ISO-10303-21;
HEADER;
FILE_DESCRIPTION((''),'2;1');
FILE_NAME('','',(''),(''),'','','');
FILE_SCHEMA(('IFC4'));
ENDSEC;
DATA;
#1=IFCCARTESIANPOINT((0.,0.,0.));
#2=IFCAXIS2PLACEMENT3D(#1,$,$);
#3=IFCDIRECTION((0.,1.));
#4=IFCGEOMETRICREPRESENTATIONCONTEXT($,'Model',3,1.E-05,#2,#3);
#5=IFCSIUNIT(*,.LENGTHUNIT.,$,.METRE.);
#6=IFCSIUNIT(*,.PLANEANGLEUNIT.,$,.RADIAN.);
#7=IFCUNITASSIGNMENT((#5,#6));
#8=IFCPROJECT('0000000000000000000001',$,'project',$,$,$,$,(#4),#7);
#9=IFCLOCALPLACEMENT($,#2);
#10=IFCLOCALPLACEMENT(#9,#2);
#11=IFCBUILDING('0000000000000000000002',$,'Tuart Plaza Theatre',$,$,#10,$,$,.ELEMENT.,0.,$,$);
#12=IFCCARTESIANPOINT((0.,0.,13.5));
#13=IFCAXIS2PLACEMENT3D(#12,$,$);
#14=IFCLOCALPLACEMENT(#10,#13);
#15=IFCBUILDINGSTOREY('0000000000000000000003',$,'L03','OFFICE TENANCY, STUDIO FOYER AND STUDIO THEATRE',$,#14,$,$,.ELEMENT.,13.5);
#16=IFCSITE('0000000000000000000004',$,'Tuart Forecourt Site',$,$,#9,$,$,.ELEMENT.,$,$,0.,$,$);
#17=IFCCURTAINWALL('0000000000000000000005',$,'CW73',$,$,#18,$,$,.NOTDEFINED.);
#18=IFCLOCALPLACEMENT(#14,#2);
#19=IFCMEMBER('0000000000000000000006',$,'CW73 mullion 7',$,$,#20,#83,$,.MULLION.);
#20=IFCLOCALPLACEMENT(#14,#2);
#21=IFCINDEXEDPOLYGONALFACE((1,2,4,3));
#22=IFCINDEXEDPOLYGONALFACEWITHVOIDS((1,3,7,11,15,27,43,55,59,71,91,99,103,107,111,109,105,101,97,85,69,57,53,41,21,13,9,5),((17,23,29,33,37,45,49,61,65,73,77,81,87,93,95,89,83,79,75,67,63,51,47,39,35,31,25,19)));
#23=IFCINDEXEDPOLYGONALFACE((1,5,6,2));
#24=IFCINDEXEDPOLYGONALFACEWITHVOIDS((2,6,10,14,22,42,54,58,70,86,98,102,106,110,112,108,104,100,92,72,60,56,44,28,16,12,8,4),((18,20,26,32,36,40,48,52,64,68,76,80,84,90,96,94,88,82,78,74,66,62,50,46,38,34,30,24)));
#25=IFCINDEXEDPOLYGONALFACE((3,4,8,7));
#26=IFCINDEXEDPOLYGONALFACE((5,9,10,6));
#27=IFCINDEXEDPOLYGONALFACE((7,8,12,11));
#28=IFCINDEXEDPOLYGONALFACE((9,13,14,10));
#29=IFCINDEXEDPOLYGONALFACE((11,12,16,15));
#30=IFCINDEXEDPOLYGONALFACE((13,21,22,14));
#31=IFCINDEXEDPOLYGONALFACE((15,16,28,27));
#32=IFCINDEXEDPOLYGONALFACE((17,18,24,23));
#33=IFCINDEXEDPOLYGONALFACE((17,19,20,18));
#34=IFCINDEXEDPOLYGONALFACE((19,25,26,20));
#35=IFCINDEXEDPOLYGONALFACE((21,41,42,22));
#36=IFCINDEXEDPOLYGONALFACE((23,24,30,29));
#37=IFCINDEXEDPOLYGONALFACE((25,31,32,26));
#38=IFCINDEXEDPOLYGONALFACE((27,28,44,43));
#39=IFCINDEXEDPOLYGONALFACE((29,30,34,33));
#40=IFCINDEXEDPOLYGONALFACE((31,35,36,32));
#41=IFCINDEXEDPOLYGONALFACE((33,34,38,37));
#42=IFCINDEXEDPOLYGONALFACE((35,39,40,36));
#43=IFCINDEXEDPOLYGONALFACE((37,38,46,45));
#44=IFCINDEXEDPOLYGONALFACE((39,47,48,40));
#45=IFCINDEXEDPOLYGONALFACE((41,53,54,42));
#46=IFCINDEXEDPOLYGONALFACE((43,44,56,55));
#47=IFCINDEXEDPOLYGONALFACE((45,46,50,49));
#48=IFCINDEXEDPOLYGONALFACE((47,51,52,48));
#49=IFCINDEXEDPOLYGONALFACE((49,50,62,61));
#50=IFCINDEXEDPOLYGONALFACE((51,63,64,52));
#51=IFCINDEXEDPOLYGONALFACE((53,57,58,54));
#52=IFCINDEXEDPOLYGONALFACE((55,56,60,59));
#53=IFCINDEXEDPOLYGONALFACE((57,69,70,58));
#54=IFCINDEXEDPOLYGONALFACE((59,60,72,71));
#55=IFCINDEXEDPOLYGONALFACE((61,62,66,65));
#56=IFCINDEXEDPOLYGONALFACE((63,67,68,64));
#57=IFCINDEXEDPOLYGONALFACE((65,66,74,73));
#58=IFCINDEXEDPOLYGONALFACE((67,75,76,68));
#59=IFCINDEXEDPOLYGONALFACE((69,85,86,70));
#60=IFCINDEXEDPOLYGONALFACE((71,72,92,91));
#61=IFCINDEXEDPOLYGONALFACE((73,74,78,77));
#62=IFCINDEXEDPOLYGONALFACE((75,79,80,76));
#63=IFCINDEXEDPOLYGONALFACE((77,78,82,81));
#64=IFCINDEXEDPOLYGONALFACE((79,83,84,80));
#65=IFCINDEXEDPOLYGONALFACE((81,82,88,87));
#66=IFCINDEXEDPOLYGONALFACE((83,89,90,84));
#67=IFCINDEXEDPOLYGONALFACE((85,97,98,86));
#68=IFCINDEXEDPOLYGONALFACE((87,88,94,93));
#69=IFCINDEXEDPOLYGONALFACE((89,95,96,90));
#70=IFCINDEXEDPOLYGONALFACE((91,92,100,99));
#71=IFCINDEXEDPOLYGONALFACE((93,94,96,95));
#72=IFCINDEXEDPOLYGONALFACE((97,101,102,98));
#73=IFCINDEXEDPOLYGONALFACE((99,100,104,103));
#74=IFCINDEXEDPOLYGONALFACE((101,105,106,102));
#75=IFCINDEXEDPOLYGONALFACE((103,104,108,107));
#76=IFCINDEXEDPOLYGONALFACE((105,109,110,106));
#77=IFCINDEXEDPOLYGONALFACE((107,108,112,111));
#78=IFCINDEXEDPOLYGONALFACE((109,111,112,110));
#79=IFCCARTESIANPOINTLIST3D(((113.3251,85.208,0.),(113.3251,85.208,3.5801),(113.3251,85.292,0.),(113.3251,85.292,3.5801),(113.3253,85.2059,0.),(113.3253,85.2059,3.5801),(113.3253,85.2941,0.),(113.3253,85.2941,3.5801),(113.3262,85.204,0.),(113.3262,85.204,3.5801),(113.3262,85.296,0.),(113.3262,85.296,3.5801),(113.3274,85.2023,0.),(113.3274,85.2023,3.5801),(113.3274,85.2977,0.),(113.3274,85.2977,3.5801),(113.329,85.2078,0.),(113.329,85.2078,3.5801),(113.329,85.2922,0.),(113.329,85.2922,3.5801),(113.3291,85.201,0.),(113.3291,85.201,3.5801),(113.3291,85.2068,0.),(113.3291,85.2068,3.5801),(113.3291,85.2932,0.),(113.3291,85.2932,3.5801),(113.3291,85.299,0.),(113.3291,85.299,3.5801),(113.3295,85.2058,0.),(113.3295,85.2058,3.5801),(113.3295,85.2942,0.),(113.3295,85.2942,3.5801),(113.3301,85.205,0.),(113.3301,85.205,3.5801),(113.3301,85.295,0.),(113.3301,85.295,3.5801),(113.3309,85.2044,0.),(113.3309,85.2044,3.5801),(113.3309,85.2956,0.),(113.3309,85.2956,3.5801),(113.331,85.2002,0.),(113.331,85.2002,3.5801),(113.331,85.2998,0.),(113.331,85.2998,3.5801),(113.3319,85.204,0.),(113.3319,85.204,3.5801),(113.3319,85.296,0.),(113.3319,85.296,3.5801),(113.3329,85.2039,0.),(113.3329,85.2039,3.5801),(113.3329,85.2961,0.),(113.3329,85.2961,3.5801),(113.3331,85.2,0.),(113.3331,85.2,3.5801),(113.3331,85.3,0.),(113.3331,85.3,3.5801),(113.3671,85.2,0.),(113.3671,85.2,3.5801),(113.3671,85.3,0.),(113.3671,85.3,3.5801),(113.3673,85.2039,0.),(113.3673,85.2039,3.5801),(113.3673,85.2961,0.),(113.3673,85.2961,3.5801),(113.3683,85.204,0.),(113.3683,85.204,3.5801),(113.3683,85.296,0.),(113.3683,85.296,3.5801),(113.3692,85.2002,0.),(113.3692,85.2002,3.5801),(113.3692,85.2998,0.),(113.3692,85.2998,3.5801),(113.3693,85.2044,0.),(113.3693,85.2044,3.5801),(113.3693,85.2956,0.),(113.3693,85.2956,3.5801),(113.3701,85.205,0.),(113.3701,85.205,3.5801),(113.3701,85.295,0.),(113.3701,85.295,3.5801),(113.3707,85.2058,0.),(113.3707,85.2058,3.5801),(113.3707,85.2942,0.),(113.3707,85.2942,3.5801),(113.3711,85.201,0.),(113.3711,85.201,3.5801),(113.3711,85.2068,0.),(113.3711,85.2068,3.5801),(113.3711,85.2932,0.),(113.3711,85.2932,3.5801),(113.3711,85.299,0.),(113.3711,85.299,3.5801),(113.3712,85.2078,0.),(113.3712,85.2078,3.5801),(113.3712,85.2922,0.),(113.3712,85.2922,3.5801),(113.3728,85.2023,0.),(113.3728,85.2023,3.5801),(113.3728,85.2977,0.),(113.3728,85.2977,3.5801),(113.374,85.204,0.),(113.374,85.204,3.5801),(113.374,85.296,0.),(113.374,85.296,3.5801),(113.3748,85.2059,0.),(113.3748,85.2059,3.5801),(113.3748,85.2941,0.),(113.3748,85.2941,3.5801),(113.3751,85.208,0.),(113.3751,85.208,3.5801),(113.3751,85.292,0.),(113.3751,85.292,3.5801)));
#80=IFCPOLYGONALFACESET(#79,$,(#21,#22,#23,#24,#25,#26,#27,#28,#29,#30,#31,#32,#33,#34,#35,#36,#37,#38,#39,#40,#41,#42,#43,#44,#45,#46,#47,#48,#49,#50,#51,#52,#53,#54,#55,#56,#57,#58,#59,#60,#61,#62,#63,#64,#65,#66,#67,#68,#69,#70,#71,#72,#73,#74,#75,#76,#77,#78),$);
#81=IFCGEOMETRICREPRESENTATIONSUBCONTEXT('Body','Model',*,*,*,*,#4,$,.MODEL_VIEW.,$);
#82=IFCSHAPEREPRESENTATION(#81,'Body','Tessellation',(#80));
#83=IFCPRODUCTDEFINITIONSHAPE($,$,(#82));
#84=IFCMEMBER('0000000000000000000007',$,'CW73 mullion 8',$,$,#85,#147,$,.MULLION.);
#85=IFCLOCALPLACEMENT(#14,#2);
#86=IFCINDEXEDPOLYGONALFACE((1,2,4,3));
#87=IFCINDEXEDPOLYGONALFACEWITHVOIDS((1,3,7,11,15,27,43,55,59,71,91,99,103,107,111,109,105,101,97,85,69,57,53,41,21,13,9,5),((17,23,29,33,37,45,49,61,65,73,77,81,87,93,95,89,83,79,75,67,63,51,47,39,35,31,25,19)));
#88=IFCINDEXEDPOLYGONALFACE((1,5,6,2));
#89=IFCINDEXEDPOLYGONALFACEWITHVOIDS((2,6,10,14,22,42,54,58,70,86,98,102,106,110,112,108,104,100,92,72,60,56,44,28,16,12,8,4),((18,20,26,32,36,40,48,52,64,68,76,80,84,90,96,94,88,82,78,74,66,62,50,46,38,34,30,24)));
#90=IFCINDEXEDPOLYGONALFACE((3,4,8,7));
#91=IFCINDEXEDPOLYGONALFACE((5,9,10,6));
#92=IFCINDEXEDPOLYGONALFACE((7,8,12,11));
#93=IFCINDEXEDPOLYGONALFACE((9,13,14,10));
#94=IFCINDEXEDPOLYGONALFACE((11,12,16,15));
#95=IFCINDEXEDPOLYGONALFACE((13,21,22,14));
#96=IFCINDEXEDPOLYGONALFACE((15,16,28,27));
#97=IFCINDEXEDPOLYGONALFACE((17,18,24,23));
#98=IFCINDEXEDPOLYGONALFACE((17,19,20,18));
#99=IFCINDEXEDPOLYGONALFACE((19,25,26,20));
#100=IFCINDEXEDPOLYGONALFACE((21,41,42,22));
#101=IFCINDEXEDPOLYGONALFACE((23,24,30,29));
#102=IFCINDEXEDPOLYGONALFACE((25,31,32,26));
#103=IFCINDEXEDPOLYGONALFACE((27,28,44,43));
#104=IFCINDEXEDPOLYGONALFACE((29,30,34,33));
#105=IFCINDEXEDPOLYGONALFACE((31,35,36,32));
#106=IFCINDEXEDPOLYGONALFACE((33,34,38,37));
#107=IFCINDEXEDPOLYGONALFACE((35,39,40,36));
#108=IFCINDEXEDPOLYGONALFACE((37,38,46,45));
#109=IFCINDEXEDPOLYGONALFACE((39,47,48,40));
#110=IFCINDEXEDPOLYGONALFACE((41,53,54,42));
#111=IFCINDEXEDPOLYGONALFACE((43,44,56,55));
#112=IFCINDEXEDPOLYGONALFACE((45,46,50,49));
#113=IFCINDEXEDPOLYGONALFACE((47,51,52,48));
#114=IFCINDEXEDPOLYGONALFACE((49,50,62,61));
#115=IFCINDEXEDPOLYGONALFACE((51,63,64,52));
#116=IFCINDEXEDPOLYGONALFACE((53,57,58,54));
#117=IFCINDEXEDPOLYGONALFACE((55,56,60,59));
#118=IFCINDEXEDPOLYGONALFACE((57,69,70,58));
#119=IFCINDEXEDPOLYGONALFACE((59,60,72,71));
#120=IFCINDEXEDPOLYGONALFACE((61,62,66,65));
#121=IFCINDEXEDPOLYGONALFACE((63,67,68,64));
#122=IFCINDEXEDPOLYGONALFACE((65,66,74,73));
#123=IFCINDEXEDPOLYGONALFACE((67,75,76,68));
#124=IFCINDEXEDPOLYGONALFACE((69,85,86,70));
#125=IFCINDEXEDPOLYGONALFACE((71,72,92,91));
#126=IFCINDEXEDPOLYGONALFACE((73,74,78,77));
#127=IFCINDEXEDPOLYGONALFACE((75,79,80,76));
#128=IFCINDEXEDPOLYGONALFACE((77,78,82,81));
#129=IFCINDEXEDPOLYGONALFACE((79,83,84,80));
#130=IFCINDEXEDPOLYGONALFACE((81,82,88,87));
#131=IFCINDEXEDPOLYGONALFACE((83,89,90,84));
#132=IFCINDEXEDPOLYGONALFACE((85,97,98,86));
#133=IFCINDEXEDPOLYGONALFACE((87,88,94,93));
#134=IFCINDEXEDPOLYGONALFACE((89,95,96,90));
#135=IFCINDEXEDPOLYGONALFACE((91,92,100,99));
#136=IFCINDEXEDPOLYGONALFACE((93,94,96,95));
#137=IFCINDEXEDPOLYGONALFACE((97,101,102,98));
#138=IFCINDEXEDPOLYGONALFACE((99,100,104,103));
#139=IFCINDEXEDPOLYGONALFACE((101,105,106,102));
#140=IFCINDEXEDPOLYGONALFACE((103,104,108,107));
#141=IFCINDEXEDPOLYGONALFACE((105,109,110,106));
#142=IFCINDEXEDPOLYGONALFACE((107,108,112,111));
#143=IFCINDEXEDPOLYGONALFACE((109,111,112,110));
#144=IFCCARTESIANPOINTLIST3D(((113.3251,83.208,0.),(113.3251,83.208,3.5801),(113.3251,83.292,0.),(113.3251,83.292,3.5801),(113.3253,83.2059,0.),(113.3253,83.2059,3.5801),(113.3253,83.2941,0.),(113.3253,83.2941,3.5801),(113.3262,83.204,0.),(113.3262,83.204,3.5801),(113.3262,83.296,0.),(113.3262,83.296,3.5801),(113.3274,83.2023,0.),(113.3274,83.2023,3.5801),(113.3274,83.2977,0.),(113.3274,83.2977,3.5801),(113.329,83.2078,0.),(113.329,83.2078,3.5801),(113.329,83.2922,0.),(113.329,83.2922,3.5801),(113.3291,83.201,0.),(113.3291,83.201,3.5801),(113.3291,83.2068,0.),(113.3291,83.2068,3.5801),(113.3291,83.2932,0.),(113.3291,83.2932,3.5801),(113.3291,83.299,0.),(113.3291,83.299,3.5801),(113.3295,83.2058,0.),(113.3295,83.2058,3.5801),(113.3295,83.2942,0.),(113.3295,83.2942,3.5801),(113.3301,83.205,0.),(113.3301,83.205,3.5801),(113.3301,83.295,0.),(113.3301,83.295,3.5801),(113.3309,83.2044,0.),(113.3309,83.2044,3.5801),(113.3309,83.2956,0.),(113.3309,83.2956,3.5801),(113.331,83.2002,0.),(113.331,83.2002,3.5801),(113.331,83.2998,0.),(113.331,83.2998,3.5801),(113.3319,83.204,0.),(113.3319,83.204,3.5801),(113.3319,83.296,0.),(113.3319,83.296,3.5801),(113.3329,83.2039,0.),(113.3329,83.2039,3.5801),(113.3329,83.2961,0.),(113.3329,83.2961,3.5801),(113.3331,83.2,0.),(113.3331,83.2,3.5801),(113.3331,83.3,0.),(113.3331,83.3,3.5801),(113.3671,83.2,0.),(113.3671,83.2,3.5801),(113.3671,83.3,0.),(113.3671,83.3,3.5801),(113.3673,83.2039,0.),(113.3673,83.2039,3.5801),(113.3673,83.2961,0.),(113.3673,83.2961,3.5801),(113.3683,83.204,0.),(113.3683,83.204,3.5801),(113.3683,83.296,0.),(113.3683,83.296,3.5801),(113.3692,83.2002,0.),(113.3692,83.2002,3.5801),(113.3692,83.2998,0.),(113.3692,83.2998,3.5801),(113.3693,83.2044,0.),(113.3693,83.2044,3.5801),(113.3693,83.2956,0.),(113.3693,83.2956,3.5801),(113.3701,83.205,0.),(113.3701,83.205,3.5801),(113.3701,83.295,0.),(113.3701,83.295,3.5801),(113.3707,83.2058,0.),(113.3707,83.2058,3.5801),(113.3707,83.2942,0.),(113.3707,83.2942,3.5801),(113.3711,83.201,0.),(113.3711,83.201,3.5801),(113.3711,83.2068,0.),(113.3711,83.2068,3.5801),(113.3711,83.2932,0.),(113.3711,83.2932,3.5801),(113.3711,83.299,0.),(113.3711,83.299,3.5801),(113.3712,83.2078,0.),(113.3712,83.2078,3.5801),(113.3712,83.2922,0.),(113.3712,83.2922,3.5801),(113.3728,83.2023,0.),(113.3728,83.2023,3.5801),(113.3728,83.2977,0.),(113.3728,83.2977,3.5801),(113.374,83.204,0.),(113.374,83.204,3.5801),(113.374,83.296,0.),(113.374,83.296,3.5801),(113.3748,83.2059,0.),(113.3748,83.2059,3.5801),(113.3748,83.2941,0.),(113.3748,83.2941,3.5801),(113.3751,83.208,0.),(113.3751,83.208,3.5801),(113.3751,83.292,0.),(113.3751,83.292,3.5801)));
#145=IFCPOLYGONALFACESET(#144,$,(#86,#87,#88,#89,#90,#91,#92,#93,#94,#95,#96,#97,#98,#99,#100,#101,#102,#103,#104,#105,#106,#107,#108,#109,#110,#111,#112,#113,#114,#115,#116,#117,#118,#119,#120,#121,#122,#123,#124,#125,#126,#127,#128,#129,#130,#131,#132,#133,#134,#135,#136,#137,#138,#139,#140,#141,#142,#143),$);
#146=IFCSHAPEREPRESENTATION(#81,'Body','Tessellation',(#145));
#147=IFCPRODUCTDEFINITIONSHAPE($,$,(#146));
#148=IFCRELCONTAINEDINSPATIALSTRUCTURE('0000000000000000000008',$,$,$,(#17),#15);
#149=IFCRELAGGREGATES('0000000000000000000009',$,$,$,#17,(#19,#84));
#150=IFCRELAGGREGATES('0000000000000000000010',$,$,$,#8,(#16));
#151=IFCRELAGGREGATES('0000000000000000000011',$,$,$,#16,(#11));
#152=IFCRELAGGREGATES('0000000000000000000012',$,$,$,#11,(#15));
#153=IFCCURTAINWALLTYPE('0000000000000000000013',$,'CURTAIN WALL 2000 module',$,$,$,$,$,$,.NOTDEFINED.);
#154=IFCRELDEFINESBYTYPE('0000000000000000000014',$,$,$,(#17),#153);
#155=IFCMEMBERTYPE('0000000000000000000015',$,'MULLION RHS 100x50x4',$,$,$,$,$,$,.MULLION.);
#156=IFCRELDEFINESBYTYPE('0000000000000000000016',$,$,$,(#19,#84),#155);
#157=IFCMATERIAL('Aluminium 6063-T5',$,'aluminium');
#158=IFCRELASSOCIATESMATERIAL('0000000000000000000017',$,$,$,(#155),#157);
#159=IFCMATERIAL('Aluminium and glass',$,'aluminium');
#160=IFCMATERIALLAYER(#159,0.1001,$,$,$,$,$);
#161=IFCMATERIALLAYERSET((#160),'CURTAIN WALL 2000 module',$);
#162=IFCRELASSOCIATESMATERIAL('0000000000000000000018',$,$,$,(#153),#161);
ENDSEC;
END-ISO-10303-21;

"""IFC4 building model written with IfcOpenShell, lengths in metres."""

from ifc_helpers import new_model, si_unit, direction, frame, origin, origin_2d, place, context, subcontext, project, spatial, hollow_rectangle, extrude, material, layer, layer_set, material_profile, profile_set, type_object, element, aggregate, save


model = new_model("IFC4")

# Units and contexts
model_context = context("Model", 3, precision=1e-05, world=origin(), true_north=direction((0.0, 1.0)))
body_context = subcontext(model_context, "Body", "Model", "MODEL_VIEW")
ifc_project = project(units=[si_unit("LENGTHUNIT", "METRE"), si_unit("PLANEANGLEUNIT", "RADIAN")], contexts=[model_context])

# Site, building, storey
site_placement = place(None, origin())
site = spatial("IfcSite", under=ifc_project, at=site_placement, Name="Tuart Forecourt Site", CompositionType="ELEMENT", RefElevation=0.0)
building_placement = place(site_placement, origin())
building = spatial("IfcBuilding", under=site, at=building_placement, Name="Tuart Plaza Theatre", CompositionType="ELEMENT", ElevationOfRefHeight=0.0)
storey_placement = place(building_placement, frame((0.0, 0.0, 13.5)))
storey = spatial("IfcBuildingStorey", under=building, at=storey_placement, Name="L03", Description="OFFICE TENANCY, STUDIO FOYER AND STUDIO THEATRE", CompositionType="ELEMENT", Elevation=13.5)

# Curtain wall, members
ifc_material_1 = material(Name="Aluminium 6063-T5", Category="aluminium")
ifc_material_profile_1 = material_profile(ifc_material_1, hollow_rectangle(XDim=0.05, YDim=0.1001, WallThickness=0.0039, InnerFilletRadius=0.0039, OuterFilletRadius=0.0081, at=origin_2d()), Name="RHS 100x50x4")
ifc_profile_set_1 = profile_set([ifc_material_profile_1], Name="Aluminium 6063-T5")
member_type_1 = type_object("IfcMemberType", Name="MULLION RHS 100x50x4", PredefinedType="MULLION", material=ifc_profile_set_1)
ifc_material_2 = material(Name="Aluminium and glass", Category="aluminium")
ifc_layer_1 = layer(ifc_material_2, 0.1001)
ifc_layer_set_1 = layer_set([ifc_layer_1], Name="CURTAIN WALL 2000 module")
curtain_wall_type_1 = type_object("IfcCurtainWallType", Name="CURTAIN WALL 2000 module", PredefinedType="NOTDEFINED", material=ifc_layer_set_1)
curtain_wall_1_placement = place(storey_placement, origin())
curtain_wall_1 = element("IfcCurtainWall", 1, at=curtain_wall_1_placement, inside=storey, type_object=curtain_wall_type_1, Name="CW73", PredefinedType="NOTDEFINED")
member_1_placement = place(storey_placement, frame((113.3501, 85.25, 0.0), z_axis=(0.0, 0.0, 1.0), x_axis=(1.0, 0.0, 0.0)))
member_1 = element("IfcMember", 2, at=member_1_placement, type_object=member_type_1, Name="CW73 mullion 7", PredefinedType="MULLION", context=body_context, shape_type="SweptSolid", body=[
    extrude(hollow_rectangle(XDim=0.05, YDim=0.1001, WallThickness=0.0039, InnerFilletRadius=0.0039, OuterFilletRadius=0.0081, at=origin_2d()), origin(), (0.0, 0.0, 1.0), 3.5801),
])
member_2_placement = place(storey_placement, frame((113.3501, 83.25, 0.0), z_axis=(0.0, 0.0, 1.0), x_axis=(1.0, 0.0, 0.0)))
member_2 = element("IfcMember", 3, at=member_2_placement, type_object=member_type_1, Name="CW73 mullion 8", PredefinedType="MULLION", context=body_context, shape_type="SweptSolid", body=[
    extrude(hollow_rectangle(XDim=0.05, YDim=0.1001, WallThickness=0.0039, InnerFilletRadius=0.0039, OuterFilletRadius=0.0081, at=origin_2d()), origin(), (0.0, 0.0, 1.0), 3.5801),
])
aggregate(curtain_wall_1, [member_1, member_2])

save(model, "model.ifc")
